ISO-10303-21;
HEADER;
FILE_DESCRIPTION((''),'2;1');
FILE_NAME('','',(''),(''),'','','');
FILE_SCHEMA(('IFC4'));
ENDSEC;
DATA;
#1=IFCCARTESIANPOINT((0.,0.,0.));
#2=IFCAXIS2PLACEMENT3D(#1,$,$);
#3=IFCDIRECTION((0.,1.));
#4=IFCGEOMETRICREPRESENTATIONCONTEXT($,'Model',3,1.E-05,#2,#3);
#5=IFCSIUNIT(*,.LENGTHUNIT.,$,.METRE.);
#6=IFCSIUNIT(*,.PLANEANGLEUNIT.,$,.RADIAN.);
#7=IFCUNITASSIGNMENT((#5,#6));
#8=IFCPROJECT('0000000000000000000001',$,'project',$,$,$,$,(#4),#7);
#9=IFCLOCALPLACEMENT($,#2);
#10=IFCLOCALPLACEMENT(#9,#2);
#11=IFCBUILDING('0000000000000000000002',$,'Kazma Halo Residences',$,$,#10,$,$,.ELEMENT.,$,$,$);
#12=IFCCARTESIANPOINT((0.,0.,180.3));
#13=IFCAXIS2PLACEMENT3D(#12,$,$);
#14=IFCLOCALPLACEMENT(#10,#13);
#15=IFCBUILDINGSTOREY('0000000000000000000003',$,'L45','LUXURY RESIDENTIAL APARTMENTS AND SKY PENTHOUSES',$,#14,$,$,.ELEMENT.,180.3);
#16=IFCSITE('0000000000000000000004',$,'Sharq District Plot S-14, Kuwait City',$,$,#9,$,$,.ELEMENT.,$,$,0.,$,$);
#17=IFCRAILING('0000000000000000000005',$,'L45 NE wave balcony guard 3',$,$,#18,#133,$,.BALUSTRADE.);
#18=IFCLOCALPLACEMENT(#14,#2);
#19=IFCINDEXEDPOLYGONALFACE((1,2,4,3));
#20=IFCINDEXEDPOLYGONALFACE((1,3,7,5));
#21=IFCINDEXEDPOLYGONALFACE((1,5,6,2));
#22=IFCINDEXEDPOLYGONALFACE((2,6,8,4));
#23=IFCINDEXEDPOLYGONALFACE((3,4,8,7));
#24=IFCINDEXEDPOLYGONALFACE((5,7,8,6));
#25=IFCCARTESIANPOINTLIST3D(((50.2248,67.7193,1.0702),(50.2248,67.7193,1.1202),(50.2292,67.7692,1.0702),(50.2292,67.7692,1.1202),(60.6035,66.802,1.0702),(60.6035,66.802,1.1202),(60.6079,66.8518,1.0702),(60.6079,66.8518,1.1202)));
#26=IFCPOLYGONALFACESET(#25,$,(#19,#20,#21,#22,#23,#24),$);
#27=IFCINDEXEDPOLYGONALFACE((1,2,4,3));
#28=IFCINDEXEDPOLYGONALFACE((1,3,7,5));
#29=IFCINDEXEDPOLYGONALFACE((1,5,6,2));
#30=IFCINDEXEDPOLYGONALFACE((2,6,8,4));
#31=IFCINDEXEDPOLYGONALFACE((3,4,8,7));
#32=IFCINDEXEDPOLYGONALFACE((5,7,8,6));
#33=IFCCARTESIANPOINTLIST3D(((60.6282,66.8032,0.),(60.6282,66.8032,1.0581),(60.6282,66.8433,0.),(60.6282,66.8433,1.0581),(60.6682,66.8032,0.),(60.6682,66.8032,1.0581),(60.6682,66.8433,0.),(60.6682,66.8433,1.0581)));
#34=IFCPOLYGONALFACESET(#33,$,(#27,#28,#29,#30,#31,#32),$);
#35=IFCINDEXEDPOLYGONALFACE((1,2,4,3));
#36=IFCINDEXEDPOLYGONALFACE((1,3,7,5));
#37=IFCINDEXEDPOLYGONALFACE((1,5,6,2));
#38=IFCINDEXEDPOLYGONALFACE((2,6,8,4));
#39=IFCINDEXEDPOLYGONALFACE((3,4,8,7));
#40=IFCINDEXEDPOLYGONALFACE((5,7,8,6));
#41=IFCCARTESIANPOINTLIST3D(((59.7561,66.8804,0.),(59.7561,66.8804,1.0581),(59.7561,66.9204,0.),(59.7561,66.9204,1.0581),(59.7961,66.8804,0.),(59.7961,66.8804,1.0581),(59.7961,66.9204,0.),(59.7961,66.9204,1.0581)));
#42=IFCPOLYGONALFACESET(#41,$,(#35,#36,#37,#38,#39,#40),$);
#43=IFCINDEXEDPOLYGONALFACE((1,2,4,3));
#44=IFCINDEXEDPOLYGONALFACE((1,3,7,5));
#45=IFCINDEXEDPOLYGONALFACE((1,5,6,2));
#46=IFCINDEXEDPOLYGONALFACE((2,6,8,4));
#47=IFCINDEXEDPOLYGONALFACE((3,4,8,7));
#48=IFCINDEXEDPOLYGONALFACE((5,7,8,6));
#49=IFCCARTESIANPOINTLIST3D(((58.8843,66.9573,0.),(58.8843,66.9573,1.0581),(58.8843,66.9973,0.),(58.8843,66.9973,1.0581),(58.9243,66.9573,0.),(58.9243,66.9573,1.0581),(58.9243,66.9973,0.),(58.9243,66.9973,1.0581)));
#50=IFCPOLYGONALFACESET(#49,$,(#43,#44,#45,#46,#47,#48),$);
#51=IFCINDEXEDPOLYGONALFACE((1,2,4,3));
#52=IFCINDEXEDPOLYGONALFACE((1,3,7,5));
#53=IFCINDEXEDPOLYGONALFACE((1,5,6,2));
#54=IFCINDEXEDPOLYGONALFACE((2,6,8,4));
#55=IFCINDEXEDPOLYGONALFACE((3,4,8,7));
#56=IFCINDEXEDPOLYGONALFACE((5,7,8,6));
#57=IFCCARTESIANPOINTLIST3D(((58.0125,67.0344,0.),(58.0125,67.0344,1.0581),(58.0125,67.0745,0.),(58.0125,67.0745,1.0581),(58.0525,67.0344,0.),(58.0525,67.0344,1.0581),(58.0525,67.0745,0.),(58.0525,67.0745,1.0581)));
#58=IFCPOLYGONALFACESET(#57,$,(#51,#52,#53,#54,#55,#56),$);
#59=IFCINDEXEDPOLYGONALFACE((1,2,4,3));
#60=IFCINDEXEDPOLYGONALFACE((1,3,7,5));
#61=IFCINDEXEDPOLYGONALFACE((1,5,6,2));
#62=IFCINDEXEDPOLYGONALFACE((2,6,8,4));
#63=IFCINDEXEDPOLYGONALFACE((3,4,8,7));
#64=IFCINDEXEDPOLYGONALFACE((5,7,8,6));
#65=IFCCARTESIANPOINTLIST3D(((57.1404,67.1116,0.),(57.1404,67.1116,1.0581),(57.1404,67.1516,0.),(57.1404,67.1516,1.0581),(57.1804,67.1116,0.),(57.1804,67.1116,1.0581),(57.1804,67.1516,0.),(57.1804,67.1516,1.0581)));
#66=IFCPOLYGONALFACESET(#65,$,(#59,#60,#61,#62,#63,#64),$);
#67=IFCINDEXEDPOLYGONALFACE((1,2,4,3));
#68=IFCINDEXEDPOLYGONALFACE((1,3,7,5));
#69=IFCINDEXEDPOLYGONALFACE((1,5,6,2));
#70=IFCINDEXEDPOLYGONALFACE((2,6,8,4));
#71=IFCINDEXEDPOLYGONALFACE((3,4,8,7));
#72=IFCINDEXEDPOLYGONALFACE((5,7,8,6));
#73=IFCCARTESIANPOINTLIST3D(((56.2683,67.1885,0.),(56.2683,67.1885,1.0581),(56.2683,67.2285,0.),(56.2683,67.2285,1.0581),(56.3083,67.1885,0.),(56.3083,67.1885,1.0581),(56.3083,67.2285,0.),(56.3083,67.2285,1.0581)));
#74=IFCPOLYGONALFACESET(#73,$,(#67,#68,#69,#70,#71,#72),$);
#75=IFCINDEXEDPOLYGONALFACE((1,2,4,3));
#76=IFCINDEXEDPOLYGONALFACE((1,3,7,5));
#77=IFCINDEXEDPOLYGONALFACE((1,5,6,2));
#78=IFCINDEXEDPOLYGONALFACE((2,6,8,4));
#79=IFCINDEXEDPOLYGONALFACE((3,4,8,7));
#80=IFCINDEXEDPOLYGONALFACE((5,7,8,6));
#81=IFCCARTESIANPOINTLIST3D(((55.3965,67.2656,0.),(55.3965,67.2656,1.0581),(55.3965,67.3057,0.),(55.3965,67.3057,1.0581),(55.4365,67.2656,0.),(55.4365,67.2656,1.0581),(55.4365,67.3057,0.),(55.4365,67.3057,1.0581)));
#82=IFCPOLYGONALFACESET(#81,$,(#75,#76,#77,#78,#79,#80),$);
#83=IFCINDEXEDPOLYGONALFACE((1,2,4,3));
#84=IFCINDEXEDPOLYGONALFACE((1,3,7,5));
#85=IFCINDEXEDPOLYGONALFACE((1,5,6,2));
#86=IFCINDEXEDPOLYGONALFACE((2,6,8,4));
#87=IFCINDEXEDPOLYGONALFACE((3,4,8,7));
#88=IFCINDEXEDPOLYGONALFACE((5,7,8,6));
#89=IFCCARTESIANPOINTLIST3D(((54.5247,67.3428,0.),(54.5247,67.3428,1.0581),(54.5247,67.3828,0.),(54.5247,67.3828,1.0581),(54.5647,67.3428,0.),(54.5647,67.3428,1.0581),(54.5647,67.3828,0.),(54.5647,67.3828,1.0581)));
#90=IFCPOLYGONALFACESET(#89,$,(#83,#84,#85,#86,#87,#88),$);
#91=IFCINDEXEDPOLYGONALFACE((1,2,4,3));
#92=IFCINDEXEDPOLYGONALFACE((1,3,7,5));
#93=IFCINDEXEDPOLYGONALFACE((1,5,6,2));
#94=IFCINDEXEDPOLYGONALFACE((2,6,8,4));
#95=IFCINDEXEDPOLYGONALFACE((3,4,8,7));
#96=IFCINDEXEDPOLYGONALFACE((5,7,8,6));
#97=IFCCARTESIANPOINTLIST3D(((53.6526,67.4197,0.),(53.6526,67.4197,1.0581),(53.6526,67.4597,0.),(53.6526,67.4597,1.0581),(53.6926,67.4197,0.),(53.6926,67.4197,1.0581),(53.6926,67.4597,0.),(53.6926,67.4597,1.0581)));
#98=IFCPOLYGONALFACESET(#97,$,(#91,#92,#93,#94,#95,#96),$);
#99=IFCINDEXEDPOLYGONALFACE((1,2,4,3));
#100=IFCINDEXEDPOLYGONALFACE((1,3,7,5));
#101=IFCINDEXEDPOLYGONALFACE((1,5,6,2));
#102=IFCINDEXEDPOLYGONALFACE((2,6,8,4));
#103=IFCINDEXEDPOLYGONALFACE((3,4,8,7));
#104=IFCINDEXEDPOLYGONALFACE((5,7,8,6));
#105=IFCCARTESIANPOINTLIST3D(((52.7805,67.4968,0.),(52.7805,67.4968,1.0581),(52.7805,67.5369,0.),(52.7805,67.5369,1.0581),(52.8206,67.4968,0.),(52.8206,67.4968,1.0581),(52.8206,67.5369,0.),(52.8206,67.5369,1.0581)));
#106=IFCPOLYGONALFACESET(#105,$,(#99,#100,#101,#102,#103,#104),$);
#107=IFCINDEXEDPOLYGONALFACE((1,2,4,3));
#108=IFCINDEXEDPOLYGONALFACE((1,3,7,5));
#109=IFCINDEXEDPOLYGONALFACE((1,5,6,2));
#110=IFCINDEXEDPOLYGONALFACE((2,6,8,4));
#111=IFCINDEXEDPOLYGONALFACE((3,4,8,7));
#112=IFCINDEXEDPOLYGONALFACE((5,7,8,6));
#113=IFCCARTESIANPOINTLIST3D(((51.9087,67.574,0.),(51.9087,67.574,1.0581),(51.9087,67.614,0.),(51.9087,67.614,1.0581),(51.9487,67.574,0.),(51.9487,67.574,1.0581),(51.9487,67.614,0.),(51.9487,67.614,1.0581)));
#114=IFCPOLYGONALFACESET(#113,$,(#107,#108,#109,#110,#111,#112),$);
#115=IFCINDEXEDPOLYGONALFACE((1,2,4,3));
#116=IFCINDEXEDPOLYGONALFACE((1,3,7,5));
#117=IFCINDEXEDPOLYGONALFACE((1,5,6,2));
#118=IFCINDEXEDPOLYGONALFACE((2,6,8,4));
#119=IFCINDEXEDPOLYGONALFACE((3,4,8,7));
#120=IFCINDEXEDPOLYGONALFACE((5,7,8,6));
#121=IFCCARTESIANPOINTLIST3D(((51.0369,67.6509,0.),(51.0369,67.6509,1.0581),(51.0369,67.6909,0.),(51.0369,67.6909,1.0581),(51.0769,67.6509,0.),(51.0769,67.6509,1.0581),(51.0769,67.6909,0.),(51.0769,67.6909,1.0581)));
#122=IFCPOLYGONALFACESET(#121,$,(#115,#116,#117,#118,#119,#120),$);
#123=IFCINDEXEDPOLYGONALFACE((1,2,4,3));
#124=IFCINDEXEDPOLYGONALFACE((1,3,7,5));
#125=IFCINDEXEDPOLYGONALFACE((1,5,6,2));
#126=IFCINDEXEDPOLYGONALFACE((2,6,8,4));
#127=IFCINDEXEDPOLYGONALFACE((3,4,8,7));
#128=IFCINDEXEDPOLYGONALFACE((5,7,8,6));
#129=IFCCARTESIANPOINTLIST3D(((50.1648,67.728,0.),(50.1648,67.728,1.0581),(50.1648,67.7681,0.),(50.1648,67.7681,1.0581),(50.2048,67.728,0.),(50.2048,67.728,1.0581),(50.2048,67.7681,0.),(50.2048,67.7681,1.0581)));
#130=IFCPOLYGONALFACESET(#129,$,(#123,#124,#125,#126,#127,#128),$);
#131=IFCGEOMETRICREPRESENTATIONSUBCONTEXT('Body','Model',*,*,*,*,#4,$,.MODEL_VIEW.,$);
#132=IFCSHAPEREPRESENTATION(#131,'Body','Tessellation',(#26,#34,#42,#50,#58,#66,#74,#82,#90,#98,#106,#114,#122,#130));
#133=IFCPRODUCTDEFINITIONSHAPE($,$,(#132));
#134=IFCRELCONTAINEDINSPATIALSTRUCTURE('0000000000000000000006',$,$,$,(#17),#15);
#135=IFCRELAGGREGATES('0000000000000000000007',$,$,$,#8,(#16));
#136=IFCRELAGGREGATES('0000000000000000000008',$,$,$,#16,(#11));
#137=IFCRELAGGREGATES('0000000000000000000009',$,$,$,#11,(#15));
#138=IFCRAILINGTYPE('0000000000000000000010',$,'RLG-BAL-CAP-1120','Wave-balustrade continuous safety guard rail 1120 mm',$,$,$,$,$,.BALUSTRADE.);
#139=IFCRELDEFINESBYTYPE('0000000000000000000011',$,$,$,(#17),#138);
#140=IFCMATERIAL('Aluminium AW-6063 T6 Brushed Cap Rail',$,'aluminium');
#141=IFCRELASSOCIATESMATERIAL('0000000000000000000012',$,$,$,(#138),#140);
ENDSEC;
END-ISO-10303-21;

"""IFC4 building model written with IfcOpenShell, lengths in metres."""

from ifc_helpers import new_model, si_unit, direction, frame, origin, origin_2d, place, context, subcontext, project, spatial, rectangle, extrude, material, type_object, element, save


model = new_model("IFC4")

# Units and contexts
model_context = context("Model", 3, precision=1e-05, world=origin(), true_north=direction((0.0, 1.0)))
body_context = subcontext(model_context, "Body", "Model", "MODEL_VIEW")
ifc_project = project(units=[si_unit("LENGTHUNIT", "METRE"), si_unit("PLANEANGLEUNIT", "RADIAN")], contexts=[model_context])

# Site, building, storey
site_placement = place(None, origin())
site = spatial("IfcSite", under=ifc_project, at=site_placement, Name="Sharq District Plot S-14, Kuwait City", CompositionType="ELEMENT", RefElevation=0.0)
building_placement = place(site_placement, origin())
building = spatial("IfcBuilding", under=site, at=building_placement, Name="Kazma Halo Residences", CompositionType="ELEMENT")
storey_placement = place(building_placement, frame((0.0, 0.0, 180.3)))
storey = spatial("IfcBuildingStorey", under=building, at=storey_placement, Name="L45", Description="LUXURY RESIDENTIAL APARTMENTS AND SKY PENTHOUSES", CompositionType="ELEMENT", Elevation=180.3)

# Railing
ifc_material_1 = material(Name="Aluminium AW-6063 T6 Brushed Cap Rail", Category="aluminium")
railing_type = type_object("IfcRailingType", Name="RLG-BAL-CAP-1120", Description="Wave-balustrade continuous safety guard rail 1120 mm", PredefinedType="BALUSTRADE", material=ifc_material_1)
railing_1_placement = place(storey_placement, frame((60.6482, 66.8232, 0.0)))
element("IfcRailing", 1, at=railing_1_placement, inside=storey, type_object=railing_type, Name="L45 NE wave balcony guard 3", PredefinedType="BALUSTRADE", context=body_context, shape_type="SweptSolid", body=[
    extrude(rectangle(XDim=0.05, YDim=0.05, at=origin_2d()), frame((-0.0425, 0.0037, 1.0952), z_axis=(-0.996117, 0.088042, 0.0), x_axis=(-0.088042, -0.996117, 0.0)), (0.0, 0.0, 1.0), 10.4192),
    extrude(rectangle(XDim=0.04, YDim=0.04, at=origin_2d()), origin(), (0.0, 0.0, 1.0), 1.0581),
    extrude(rectangle(XDim=0.04, YDim=0.04, at=origin_2d()), frame((-0.8721, 0.0771, 0.0)), (0.0, 0.0, 1.0), 1.0581),
    extrude(rectangle(XDim=0.04, YDim=0.04, at=origin_2d()), frame((-1.7439, 0.1541, 0.0)), (0.0, 0.0, 1.0), 1.0581),
    extrude(rectangle(XDim=0.04, YDim=0.04, at=origin_2d()), frame((-2.6157, 0.2312, 0.0)), (0.0, 0.0, 1.0), 1.0581),
    extrude(rectangle(XDim=0.04, YDim=0.04, at=origin_2d()), frame((-3.4878, 0.3083, 0.0)), (0.0, 0.0, 1.0), 1.0581),
    extrude(rectangle(XDim=0.04, YDim=0.04, at=origin_2d()), frame((-4.3599, 0.3853, 0.0)), (0.0, 0.0, 1.0), 1.0581),
    extrude(rectangle(XDim=0.04, YDim=0.04, at=origin_2d()), frame((-5.2317, 0.4624, 0.0)), (0.0, 0.0, 1.0), 1.0581),
    extrude(rectangle(XDim=0.04, YDim=0.04, at=origin_2d()), frame((-6.1035, 0.5396, 0.0)), (0.0, 0.0, 1.0), 1.0581),
    extrude(rectangle(XDim=0.04, YDim=0.04, at=origin_2d()), frame((-6.9756, 0.6165, 0.0)), (0.0, 0.0, 1.0), 1.0581),
    extrude(rectangle(XDim=0.04, YDim=0.04, at=origin_2d()), frame((-7.8477, 0.6936, 0.0)), (0.0, 0.0, 1.0), 1.0581),
    extrude(rectangle(XDim=0.04, YDim=0.04, at=origin_2d()), frame((-8.7195, 0.7708, 0.0)), (0.0, 0.0, 1.0), 1.0581),
    extrude(rectangle(XDim=0.04, YDim=0.04, at=origin_2d()), frame((-9.5913, 0.8477, 0.0)), (0.0, 0.0, 1.0), 1.0581),
    extrude(rectangle(XDim=0.04, YDim=0.04, at=origin_2d()), frame((-10.4634, 0.9248, 0.0)), (0.0, 0.0, 1.0), 1.0581),
])

save(model, "model.ifc")
